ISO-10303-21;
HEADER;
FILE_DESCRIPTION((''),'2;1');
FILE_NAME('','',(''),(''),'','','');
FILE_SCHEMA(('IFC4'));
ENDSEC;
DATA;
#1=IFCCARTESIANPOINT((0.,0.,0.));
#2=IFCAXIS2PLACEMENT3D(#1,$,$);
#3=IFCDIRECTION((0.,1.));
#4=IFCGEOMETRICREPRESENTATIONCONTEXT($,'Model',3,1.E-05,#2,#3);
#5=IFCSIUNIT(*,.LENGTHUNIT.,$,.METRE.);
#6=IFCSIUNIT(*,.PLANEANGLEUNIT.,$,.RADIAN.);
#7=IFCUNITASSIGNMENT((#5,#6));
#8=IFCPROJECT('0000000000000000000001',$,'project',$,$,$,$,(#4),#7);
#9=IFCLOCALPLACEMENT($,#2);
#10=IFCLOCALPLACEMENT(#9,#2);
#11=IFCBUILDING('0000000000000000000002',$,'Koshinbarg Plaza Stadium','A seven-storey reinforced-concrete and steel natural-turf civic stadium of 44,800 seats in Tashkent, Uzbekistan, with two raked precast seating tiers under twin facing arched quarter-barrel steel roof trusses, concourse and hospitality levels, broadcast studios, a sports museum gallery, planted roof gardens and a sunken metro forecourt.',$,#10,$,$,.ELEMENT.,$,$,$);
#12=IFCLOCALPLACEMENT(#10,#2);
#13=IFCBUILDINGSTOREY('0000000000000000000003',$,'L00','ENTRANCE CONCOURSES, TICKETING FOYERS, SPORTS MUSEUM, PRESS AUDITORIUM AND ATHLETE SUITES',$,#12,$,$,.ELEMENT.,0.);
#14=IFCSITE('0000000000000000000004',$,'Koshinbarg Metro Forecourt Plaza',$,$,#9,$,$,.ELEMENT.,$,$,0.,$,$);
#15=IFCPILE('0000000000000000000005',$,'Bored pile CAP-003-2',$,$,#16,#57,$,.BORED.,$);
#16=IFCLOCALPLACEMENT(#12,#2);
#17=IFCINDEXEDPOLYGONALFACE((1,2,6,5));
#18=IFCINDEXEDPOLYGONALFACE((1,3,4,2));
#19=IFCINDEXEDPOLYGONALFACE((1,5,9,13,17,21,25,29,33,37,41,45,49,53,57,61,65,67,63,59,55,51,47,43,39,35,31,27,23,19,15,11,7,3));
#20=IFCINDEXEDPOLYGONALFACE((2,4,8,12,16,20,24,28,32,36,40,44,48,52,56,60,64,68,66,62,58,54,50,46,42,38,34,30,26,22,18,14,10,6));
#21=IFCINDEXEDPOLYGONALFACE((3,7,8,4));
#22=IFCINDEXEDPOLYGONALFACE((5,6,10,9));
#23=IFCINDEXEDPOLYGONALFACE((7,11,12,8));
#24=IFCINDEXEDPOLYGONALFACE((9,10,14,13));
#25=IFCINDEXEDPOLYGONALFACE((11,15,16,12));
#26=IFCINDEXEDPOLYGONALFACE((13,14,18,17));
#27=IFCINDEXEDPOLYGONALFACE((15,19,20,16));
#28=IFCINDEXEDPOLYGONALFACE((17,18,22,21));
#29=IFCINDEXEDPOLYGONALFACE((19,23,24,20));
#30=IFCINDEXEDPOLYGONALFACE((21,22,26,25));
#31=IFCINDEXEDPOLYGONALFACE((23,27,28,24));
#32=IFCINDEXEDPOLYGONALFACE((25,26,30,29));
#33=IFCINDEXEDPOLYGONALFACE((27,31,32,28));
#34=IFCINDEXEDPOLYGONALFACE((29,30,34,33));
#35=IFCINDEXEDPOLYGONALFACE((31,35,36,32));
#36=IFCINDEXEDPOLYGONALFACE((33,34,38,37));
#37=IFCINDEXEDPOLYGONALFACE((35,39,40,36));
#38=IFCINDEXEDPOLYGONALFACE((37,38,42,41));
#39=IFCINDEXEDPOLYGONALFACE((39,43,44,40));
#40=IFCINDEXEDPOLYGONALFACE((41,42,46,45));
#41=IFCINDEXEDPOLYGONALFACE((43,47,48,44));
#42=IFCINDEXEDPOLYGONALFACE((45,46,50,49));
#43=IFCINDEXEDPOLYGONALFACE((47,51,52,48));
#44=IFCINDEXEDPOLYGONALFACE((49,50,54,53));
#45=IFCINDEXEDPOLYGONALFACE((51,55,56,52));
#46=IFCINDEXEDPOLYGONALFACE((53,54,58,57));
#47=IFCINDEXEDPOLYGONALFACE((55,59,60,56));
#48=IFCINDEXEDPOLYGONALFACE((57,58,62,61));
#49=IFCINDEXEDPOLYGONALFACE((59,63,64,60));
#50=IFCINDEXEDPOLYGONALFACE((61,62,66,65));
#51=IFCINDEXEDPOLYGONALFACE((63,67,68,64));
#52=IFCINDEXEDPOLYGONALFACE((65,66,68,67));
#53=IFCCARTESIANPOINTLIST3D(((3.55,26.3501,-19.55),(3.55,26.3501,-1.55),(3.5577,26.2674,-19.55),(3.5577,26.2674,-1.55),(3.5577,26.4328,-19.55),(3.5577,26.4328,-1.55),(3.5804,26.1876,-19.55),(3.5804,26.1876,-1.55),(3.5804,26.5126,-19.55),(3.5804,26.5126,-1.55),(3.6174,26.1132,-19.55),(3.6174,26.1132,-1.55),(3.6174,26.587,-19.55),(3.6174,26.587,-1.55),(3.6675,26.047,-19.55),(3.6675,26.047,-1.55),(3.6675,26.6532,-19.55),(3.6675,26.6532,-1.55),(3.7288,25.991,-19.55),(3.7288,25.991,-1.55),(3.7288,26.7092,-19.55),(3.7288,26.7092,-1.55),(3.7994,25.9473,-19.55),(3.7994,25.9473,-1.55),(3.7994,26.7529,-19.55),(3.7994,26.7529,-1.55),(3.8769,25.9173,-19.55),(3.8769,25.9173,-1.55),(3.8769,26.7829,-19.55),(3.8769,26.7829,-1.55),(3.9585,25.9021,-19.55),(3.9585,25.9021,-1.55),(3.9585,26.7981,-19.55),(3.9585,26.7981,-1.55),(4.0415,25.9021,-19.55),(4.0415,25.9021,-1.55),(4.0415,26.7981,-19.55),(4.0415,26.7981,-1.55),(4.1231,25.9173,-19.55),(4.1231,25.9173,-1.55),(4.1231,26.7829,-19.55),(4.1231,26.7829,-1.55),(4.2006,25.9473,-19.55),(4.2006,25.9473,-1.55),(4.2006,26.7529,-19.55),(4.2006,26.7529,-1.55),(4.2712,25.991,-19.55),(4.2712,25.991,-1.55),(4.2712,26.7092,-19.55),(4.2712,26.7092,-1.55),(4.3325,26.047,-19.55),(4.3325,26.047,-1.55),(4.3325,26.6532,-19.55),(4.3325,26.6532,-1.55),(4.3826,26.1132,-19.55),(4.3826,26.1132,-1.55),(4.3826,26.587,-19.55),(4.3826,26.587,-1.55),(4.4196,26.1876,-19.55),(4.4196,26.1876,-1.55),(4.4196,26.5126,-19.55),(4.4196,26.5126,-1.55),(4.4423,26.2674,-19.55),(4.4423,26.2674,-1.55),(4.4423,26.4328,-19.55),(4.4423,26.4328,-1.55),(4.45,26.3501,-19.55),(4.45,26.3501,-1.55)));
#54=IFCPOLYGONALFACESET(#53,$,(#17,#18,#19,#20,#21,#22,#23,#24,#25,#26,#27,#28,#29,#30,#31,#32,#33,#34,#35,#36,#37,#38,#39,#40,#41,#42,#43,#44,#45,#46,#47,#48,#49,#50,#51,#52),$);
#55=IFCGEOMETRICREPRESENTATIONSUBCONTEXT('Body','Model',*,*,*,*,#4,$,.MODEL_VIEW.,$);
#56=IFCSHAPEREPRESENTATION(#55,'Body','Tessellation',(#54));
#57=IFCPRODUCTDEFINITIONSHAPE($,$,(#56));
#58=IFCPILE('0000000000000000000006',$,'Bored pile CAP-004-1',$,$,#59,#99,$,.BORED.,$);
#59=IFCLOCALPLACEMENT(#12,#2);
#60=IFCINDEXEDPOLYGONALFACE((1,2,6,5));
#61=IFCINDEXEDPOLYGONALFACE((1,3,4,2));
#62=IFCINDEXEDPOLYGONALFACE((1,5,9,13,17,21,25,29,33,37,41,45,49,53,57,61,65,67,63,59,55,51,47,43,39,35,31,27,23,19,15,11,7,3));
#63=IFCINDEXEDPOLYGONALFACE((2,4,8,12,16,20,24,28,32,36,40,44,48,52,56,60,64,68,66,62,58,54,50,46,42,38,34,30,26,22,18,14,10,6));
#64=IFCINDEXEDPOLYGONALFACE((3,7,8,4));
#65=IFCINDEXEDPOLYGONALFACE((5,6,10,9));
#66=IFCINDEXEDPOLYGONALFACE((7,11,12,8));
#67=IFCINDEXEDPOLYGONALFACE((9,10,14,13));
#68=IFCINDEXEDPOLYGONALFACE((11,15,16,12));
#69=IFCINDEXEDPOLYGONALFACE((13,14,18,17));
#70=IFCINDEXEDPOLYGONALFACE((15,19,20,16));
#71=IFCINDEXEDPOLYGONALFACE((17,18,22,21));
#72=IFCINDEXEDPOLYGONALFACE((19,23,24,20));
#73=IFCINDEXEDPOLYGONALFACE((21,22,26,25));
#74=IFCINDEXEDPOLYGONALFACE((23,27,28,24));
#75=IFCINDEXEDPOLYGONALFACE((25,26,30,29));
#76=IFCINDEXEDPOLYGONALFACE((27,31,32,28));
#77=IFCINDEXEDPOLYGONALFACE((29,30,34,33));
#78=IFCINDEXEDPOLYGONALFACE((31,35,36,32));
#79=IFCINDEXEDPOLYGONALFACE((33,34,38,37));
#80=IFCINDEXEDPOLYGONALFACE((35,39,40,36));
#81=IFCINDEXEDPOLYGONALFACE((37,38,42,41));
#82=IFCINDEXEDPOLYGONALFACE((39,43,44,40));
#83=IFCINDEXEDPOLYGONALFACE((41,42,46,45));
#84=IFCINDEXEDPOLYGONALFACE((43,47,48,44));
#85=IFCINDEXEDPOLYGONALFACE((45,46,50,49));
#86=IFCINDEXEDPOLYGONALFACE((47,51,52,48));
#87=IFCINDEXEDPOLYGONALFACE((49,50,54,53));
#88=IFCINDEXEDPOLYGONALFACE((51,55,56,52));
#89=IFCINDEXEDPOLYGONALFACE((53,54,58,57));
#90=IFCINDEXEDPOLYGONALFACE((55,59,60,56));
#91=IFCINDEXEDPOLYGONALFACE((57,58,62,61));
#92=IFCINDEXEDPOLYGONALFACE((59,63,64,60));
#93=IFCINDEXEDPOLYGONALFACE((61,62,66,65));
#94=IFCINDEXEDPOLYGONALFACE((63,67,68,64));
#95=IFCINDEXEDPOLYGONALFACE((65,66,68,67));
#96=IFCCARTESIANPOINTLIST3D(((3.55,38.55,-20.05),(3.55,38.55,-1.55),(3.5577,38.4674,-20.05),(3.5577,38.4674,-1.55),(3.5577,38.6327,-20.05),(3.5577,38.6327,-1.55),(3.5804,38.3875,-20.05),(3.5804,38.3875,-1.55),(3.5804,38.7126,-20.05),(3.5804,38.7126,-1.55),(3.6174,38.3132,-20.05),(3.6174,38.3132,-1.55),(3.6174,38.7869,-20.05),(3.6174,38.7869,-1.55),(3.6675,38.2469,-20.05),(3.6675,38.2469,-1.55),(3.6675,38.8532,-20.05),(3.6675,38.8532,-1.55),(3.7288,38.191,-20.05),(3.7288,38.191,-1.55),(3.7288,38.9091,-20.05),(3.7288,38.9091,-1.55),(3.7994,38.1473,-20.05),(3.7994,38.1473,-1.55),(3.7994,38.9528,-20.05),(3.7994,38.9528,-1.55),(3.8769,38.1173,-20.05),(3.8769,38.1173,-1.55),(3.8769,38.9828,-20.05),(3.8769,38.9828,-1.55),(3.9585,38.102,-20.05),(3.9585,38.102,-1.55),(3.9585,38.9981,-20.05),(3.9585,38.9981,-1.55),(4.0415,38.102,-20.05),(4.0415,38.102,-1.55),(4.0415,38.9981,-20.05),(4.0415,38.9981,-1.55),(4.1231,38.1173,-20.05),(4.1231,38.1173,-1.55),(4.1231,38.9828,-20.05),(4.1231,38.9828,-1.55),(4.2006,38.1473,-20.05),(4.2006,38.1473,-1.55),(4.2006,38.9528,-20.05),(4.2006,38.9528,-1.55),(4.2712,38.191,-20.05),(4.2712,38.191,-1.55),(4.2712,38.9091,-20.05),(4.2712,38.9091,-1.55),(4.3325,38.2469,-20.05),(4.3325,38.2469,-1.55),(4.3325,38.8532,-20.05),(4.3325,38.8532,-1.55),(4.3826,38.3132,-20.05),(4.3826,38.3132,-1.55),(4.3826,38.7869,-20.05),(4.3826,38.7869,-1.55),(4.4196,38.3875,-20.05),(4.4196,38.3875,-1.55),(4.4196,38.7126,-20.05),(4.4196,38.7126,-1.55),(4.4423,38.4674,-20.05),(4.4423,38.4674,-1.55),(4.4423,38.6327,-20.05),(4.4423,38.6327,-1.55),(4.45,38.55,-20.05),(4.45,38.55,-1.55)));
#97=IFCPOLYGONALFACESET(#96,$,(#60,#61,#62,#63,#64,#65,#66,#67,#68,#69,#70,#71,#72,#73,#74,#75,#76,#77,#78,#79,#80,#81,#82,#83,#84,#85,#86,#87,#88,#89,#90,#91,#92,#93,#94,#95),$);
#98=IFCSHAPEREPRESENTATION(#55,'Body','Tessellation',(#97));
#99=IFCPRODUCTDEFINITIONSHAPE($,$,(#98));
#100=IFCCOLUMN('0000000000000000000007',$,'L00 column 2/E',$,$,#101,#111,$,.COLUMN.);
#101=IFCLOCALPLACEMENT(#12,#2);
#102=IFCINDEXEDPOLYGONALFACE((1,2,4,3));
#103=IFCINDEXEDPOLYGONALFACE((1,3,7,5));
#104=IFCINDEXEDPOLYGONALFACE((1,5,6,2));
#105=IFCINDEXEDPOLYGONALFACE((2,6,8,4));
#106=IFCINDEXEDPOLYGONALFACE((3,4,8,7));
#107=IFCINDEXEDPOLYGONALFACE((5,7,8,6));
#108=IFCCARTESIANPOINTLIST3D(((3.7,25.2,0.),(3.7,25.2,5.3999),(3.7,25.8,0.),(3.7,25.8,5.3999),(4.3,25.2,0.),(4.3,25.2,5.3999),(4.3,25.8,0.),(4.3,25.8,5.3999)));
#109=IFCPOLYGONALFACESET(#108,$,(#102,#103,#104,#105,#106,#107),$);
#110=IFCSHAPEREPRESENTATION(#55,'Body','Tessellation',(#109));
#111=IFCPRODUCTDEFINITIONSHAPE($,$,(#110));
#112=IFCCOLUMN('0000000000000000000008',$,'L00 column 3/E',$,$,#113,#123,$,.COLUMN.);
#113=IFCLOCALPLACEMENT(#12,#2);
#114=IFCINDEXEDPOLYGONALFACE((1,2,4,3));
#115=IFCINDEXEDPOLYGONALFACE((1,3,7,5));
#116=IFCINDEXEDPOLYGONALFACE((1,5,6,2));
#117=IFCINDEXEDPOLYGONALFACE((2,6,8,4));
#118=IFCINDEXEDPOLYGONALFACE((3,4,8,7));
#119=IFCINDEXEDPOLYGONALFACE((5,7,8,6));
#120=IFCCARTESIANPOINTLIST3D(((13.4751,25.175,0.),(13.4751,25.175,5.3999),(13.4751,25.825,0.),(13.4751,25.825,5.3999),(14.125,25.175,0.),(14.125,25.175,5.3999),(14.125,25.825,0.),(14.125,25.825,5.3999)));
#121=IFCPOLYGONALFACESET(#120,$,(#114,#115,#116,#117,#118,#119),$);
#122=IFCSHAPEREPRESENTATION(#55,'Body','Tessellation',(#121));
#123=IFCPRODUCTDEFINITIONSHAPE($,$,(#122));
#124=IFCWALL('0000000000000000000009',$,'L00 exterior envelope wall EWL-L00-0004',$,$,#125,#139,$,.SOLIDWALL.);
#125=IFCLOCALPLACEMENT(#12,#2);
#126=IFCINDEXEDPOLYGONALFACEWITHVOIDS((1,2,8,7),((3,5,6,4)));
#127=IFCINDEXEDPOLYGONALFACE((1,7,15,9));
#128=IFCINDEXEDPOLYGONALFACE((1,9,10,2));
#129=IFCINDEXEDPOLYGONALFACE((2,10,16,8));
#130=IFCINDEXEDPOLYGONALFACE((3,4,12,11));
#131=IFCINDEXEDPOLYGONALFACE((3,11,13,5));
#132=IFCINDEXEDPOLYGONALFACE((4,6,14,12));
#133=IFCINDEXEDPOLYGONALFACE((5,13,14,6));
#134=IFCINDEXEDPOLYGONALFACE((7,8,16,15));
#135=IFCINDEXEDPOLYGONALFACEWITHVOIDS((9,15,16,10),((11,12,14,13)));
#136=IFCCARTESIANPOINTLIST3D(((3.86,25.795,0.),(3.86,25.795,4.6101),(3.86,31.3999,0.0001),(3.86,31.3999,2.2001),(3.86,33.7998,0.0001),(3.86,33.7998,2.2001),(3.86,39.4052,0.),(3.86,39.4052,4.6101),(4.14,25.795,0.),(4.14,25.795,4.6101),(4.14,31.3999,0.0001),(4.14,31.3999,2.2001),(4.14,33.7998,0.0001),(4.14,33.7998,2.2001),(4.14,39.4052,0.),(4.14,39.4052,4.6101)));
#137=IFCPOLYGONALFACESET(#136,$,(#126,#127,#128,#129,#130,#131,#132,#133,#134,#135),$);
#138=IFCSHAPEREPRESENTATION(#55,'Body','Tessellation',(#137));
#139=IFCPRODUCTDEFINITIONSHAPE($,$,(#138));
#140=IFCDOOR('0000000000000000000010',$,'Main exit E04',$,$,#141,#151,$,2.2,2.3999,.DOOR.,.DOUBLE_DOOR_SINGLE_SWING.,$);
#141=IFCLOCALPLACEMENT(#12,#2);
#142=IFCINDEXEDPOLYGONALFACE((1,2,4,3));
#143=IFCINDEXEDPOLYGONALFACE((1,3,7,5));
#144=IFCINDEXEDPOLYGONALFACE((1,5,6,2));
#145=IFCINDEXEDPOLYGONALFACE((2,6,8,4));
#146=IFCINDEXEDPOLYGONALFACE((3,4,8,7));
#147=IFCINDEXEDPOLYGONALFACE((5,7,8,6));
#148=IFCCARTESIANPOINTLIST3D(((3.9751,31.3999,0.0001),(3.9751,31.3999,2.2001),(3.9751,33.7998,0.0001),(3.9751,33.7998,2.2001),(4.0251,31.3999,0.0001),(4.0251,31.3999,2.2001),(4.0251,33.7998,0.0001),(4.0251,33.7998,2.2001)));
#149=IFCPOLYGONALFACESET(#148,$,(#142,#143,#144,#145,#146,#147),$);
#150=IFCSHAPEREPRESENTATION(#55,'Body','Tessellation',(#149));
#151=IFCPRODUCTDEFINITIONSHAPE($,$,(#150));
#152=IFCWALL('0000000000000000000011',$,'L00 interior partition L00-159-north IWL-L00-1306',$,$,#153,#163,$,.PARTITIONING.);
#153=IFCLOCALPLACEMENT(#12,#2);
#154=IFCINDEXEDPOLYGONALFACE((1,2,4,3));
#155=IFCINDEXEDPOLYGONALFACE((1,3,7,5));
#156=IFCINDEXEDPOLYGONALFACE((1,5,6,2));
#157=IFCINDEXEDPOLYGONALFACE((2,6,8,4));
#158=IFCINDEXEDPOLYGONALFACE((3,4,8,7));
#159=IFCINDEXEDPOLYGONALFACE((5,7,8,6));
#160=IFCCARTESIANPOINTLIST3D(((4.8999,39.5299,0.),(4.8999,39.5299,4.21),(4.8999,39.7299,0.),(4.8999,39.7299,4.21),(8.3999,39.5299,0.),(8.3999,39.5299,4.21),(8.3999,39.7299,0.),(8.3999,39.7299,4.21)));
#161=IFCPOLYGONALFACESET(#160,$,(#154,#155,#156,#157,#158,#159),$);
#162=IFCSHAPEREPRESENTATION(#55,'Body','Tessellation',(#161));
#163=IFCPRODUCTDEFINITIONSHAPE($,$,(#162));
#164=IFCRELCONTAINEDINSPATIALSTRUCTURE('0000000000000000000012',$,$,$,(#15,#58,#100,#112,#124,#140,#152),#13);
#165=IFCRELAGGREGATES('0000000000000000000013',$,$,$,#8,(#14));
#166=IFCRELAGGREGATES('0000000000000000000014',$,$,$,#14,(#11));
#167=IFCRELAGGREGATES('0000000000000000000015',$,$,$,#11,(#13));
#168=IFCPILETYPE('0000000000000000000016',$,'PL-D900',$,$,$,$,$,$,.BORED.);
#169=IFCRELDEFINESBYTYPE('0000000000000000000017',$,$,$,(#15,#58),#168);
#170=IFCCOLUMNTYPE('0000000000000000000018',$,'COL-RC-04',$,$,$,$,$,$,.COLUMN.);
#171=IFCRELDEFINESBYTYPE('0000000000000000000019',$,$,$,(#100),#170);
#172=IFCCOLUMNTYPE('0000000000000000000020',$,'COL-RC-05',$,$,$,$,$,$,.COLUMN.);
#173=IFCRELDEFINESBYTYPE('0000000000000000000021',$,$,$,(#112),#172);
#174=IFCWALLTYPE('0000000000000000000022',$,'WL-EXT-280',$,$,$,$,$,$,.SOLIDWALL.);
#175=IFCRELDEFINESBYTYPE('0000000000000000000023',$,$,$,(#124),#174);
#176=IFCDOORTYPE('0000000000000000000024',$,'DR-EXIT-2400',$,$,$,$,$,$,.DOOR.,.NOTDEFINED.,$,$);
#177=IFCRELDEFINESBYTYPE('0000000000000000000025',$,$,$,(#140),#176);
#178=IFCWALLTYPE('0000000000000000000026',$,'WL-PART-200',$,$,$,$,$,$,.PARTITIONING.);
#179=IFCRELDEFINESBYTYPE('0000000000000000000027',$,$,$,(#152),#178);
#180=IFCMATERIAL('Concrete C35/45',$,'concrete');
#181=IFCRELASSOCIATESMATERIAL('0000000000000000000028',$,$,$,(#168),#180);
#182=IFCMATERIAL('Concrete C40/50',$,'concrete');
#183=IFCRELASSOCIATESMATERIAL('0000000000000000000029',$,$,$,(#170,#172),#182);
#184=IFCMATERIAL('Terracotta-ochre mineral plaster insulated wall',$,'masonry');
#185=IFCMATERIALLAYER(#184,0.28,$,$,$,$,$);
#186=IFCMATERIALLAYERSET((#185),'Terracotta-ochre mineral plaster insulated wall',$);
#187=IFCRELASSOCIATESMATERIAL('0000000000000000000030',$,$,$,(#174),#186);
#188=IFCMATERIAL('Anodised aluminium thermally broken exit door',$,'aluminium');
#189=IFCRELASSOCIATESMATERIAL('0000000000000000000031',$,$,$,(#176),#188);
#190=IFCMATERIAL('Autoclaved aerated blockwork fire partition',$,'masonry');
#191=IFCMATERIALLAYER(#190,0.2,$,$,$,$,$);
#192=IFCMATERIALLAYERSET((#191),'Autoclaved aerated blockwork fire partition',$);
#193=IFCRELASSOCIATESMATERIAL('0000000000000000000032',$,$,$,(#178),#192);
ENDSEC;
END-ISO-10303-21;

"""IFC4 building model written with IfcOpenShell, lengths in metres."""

from ifc_helpers import new_model, si_unit, direction, frame, frame_2d, origin, origin_2d, place, context, subcontext, project, spatial, rectangle, circle, extrude, material, layer, layer_set, material_profile, profile_set, type_object, element, fill, save


model = new_model("IFC4")

# Units and contexts
model_context = context("Model", 3, precision=1e-05, world=origin(), true_north=direction((0.0, 1.0)))
body_context = subcontext(model_context, "Body", "Model", "MODEL_VIEW")
ifc_project = project(units=[si_unit("LENGTHUNIT", "METRE"), si_unit("PLANEANGLEUNIT", "RADIAN")], contexts=[model_context])

# Site, building, storey
site_placement = place(None, origin())
site = spatial("IfcSite", under=ifc_project, at=site_placement, Name="Koshinbarg Metro Forecourt Plaza", CompositionType="ELEMENT", RefElevation=0.0)
building_placement = place(site_placement, origin())
building = spatial("IfcBuilding", under=site, at=building_placement, Name="Koshinbarg Plaza Stadium", Description="A seven-storey reinforced-concrete and steel natural-turf civic stadium of 44,800 seats in Tashkent, Uzbekistan, with two raked precast seating tiers under twin facing arched quarter-barrel steel roof trusses, concourse and hospitality levels, broadcast studios, a sports museum gallery, planted roof gardens and a sunken metro forecourt.", CompositionType="ELEMENT")
storey_placement = place(building_placement, origin())
storey = spatial("IfcBuildingStorey", under=building, at=storey_placement, Name="L00", Description="ENTRANCE CONCOURSES, TICKETING FOYERS, SPORTS MUSEUM, PRESS AUDITORIUM AND ATHLETE SUITES", CompositionType="ELEMENT", Elevation=0.0)

# Shared definitions
ifc_material_1 = material(Name="Concrete C35/45", Category="concrete")

# Piles
ifc_material_profile_1 = material_profile(ifc_material_1, circle(Radius=0.45, at=origin_2d()), Name="PILE D900")
ifc_profile_set_1 = profile_set([ifc_material_profile_1], Name="Concrete C35/45")
pile_type_1 = type_object("IfcPileType", Name="PL-D900", PredefinedType="BORED", material=ifc_profile_set_1)
pile_1_placement = place(storey_placement, frame((4.0, 26.3501, -1.55), z_axis=(0.0, 0.0, -1.0), x_axis=(1.0, 0.0, 0.0)))
element("IfcPile", 1, at=pile_1_placement, inside=storey, type_object=pile_type_1, Name="Bored pile CAP-003-2", PredefinedType="BORED", context=body_context, shape_type="SweptSolid", body=[
    extrude(circle(Radius=0.45, at=origin_2d()), origin(), (0.0, 0.0, 1.0), 18.0),
])
pile_2_placement = place(storey_placement, frame((4.0, 38.55, -1.55), z_axis=(0.0, 0.0, -1.0), x_axis=(1.0, 0.0, 0.0)))
element("IfcPile", 2, at=pile_2_placement, inside=storey, type_object=pile_type_1, Name="Bored pile CAP-004-1", PredefinedType="BORED", context=body_context, shape_type="SweptSolid", body=[
    extrude(circle(Radius=0.45, at=origin_2d()), origin(), (0.0, 0.0, 1.0), 18.5),
])

# Columns
ifc_material_2 = material(Name="Concrete C40/50", Category="concrete")
ifc_material_profile_2 = material_profile(ifc_material_2, rectangle(XDim=0.6001, YDim=0.6001, at=origin_2d()), Name="RC 600x600")
ifc_profile_set_2 = profile_set([ifc_material_profile_2], Name="Concrete C40/50")
column_type_1 = type_object("IfcColumnType", Name="COL-RC-04", PredefinedType="COLUMN", material=ifc_profile_set_2)
column_1_placement = place(storey_placement, frame((4.0, 25.5, 0.0), z_axis=(0.0, 0.0, 1.0), x_axis=(1.0, 0.0, 0.0)))
element("IfcColumn", 3, at=column_1_placement, inside=storey, type_object=column_type_1, Name="L00 column 2/E", PredefinedType="COLUMN", context=body_context, shape_type="SweptSolid", body=[
    extrude(rectangle(XDim=0.6001, YDim=0.6001, at=origin_2d()), origin(), (0.0, 0.0, 1.0), 5.3999),
])
ifc_material_profile_3 = material_profile(ifc_material_2, rectangle(XDim=0.6499, YDim=0.6499, at=origin_2d()), Name="RC 650x650")
ifc_profile_set_3 = profile_set([ifc_material_profile_3], Name="Concrete C40/50")
column_type_2 = type_object("IfcColumnType", Name="COL-RC-05", PredefinedType="COLUMN", material=ifc_profile_set_3)
column_2_placement = place(storey_placement, frame((13.8, 25.5, 0.0), z_axis=(0.0, 0.0, 1.0), x_axis=(1.0, 0.0, 0.0)))
element("IfcColumn", 4, at=column_2_placement, inside=storey, type_object=column_type_2, Name="L00 column 3/E", PredefinedType="COLUMN", context=body_context, shape_type="SweptSolid", body=[
    extrude(rectangle(XDim=0.6499, YDim=0.6499, at=origin_2d()), origin(), (0.0, 0.0, 1.0), 5.3999),
])

# Wall, opening, door
ifc_material_3 = material(Name="Terracotta-ochre mineral plaster insulated wall", Category="masonry")
ifc_layer_1 = layer(ifc_material_3, 0.28)
ifc_layer_set_1 = layer_set([ifc_layer_1], Name="Terracotta-ochre mineral plaster insulated wall")
wall_type_1 = type_object("IfcWallType", Name="WL-EXT-280", PredefinedType="SOLIDWALL", material=ifc_layer_set_1)
wall_1_placement = place(storey_placement, frame((4.0, 25.7949, 0.0), z_axis=(0.0, 0.0, 1.0), x_axis=(0.0, 1.0, 0.0)))
wall_1 = element("IfcWall", 5, at=wall_1_placement, inside=storey, type_object=wall_type_1, Name="L00 exterior envelope wall EWL-L00-0004", PredefinedType="SOLIDWALL", context=body_context, shape_type="SweptSolid", body=[
    extrude(rectangle(XDim=13.6101, YDim=0.28, at=frame_2d((6.8052, 0.0))), origin(), (0.0, 0.0, 1.0), 4.6101),
])
opening_1_placement = place(wall_1_placement, frame((5.605, 0.0, 0.0)))
opening_1 = element("IfcOpeningElement", 6, at=opening_1_placement, cuts=wall_1, PredefinedType="OPENING", context=body_context, shape_type="SweptSolid", body=[
    extrude(rectangle(XDim=2.3999, YDim=2.2, at=frame_2d((1.2, 1.1001))), frame((0.0, 0.1499, 0.0), z_axis=(0.0, -1.0, 0.0), x_axis=(1.0, 0.0, 0.0)), (0.0, 0.0, 1.0), 0.3),
])
ifc_material_4 = material(Name="Anodised aluminium thermally broken exit door", Category="aluminium")
door_type_1 = type_object("IfcDoorType", Name="DR-EXIT-2400", OperationType="NOTDEFINED", PredefinedType="DOOR", material=ifc_material_4)
door_1_placement = place(opening_1_placement, origin())
door_1 = element("IfcDoor", 7, at=door_1_placement, inside=storey, type_object=door_type_1, Name="Main exit E04", OperationType="DOUBLE_DOOR_SINGLE_SWING", OverallHeight=2.2, OverallWidth=2.3999, PredefinedType="DOOR", context=body_context, shape_type="SweptSolid", body=[
    extrude(rectangle(XDim=2.3999, YDim=2.2, at=frame_2d((1.2, 1.1001))), frame((0.0, 0.0249, 0.0), z_axis=(0.0, -1.0, 0.0), x_axis=(1.0, 0.0, 0.0)), (0.0, 0.0, 1.0), 0.05),
])
fill(opening_1, door_1)

# Wall
ifc_material_5 = material(Name="Autoclaved aerated blockwork fire partition", Category="masonry")
ifc_layer_2 = layer(ifc_material_5, 0.2)
ifc_layer_set_2 = layer_set([ifc_layer_2], Name="Autoclaved aerated blockwork fire partition")
wall_type_2 = type_object("IfcWallType", Name="WL-PART-200", PredefinedType="PARTITIONING", material=ifc_layer_set_2)
wall_2_placement = place(storey_placement, frame((8.3999, 39.6299, 0.0), z_axis=(0.0, 0.0, 1.0), x_axis=(-1.0, 0.0, 0.0)))
element("IfcWall", 8, at=wall_2_placement, inside=storey, type_object=wall_type_2, Name="L00 interior partition L00-159-north IWL-L00-1306", PredefinedType="PARTITIONING", context=body_context, shape_type="SweptSolid", body=[
    extrude(rectangle(XDim=3.5, YDim=0.2, at=frame_2d((1.75, 0.0))), origin(), (0.0, 0.0, 1.0), 4.21),
])

save(model, "model.ifc")
